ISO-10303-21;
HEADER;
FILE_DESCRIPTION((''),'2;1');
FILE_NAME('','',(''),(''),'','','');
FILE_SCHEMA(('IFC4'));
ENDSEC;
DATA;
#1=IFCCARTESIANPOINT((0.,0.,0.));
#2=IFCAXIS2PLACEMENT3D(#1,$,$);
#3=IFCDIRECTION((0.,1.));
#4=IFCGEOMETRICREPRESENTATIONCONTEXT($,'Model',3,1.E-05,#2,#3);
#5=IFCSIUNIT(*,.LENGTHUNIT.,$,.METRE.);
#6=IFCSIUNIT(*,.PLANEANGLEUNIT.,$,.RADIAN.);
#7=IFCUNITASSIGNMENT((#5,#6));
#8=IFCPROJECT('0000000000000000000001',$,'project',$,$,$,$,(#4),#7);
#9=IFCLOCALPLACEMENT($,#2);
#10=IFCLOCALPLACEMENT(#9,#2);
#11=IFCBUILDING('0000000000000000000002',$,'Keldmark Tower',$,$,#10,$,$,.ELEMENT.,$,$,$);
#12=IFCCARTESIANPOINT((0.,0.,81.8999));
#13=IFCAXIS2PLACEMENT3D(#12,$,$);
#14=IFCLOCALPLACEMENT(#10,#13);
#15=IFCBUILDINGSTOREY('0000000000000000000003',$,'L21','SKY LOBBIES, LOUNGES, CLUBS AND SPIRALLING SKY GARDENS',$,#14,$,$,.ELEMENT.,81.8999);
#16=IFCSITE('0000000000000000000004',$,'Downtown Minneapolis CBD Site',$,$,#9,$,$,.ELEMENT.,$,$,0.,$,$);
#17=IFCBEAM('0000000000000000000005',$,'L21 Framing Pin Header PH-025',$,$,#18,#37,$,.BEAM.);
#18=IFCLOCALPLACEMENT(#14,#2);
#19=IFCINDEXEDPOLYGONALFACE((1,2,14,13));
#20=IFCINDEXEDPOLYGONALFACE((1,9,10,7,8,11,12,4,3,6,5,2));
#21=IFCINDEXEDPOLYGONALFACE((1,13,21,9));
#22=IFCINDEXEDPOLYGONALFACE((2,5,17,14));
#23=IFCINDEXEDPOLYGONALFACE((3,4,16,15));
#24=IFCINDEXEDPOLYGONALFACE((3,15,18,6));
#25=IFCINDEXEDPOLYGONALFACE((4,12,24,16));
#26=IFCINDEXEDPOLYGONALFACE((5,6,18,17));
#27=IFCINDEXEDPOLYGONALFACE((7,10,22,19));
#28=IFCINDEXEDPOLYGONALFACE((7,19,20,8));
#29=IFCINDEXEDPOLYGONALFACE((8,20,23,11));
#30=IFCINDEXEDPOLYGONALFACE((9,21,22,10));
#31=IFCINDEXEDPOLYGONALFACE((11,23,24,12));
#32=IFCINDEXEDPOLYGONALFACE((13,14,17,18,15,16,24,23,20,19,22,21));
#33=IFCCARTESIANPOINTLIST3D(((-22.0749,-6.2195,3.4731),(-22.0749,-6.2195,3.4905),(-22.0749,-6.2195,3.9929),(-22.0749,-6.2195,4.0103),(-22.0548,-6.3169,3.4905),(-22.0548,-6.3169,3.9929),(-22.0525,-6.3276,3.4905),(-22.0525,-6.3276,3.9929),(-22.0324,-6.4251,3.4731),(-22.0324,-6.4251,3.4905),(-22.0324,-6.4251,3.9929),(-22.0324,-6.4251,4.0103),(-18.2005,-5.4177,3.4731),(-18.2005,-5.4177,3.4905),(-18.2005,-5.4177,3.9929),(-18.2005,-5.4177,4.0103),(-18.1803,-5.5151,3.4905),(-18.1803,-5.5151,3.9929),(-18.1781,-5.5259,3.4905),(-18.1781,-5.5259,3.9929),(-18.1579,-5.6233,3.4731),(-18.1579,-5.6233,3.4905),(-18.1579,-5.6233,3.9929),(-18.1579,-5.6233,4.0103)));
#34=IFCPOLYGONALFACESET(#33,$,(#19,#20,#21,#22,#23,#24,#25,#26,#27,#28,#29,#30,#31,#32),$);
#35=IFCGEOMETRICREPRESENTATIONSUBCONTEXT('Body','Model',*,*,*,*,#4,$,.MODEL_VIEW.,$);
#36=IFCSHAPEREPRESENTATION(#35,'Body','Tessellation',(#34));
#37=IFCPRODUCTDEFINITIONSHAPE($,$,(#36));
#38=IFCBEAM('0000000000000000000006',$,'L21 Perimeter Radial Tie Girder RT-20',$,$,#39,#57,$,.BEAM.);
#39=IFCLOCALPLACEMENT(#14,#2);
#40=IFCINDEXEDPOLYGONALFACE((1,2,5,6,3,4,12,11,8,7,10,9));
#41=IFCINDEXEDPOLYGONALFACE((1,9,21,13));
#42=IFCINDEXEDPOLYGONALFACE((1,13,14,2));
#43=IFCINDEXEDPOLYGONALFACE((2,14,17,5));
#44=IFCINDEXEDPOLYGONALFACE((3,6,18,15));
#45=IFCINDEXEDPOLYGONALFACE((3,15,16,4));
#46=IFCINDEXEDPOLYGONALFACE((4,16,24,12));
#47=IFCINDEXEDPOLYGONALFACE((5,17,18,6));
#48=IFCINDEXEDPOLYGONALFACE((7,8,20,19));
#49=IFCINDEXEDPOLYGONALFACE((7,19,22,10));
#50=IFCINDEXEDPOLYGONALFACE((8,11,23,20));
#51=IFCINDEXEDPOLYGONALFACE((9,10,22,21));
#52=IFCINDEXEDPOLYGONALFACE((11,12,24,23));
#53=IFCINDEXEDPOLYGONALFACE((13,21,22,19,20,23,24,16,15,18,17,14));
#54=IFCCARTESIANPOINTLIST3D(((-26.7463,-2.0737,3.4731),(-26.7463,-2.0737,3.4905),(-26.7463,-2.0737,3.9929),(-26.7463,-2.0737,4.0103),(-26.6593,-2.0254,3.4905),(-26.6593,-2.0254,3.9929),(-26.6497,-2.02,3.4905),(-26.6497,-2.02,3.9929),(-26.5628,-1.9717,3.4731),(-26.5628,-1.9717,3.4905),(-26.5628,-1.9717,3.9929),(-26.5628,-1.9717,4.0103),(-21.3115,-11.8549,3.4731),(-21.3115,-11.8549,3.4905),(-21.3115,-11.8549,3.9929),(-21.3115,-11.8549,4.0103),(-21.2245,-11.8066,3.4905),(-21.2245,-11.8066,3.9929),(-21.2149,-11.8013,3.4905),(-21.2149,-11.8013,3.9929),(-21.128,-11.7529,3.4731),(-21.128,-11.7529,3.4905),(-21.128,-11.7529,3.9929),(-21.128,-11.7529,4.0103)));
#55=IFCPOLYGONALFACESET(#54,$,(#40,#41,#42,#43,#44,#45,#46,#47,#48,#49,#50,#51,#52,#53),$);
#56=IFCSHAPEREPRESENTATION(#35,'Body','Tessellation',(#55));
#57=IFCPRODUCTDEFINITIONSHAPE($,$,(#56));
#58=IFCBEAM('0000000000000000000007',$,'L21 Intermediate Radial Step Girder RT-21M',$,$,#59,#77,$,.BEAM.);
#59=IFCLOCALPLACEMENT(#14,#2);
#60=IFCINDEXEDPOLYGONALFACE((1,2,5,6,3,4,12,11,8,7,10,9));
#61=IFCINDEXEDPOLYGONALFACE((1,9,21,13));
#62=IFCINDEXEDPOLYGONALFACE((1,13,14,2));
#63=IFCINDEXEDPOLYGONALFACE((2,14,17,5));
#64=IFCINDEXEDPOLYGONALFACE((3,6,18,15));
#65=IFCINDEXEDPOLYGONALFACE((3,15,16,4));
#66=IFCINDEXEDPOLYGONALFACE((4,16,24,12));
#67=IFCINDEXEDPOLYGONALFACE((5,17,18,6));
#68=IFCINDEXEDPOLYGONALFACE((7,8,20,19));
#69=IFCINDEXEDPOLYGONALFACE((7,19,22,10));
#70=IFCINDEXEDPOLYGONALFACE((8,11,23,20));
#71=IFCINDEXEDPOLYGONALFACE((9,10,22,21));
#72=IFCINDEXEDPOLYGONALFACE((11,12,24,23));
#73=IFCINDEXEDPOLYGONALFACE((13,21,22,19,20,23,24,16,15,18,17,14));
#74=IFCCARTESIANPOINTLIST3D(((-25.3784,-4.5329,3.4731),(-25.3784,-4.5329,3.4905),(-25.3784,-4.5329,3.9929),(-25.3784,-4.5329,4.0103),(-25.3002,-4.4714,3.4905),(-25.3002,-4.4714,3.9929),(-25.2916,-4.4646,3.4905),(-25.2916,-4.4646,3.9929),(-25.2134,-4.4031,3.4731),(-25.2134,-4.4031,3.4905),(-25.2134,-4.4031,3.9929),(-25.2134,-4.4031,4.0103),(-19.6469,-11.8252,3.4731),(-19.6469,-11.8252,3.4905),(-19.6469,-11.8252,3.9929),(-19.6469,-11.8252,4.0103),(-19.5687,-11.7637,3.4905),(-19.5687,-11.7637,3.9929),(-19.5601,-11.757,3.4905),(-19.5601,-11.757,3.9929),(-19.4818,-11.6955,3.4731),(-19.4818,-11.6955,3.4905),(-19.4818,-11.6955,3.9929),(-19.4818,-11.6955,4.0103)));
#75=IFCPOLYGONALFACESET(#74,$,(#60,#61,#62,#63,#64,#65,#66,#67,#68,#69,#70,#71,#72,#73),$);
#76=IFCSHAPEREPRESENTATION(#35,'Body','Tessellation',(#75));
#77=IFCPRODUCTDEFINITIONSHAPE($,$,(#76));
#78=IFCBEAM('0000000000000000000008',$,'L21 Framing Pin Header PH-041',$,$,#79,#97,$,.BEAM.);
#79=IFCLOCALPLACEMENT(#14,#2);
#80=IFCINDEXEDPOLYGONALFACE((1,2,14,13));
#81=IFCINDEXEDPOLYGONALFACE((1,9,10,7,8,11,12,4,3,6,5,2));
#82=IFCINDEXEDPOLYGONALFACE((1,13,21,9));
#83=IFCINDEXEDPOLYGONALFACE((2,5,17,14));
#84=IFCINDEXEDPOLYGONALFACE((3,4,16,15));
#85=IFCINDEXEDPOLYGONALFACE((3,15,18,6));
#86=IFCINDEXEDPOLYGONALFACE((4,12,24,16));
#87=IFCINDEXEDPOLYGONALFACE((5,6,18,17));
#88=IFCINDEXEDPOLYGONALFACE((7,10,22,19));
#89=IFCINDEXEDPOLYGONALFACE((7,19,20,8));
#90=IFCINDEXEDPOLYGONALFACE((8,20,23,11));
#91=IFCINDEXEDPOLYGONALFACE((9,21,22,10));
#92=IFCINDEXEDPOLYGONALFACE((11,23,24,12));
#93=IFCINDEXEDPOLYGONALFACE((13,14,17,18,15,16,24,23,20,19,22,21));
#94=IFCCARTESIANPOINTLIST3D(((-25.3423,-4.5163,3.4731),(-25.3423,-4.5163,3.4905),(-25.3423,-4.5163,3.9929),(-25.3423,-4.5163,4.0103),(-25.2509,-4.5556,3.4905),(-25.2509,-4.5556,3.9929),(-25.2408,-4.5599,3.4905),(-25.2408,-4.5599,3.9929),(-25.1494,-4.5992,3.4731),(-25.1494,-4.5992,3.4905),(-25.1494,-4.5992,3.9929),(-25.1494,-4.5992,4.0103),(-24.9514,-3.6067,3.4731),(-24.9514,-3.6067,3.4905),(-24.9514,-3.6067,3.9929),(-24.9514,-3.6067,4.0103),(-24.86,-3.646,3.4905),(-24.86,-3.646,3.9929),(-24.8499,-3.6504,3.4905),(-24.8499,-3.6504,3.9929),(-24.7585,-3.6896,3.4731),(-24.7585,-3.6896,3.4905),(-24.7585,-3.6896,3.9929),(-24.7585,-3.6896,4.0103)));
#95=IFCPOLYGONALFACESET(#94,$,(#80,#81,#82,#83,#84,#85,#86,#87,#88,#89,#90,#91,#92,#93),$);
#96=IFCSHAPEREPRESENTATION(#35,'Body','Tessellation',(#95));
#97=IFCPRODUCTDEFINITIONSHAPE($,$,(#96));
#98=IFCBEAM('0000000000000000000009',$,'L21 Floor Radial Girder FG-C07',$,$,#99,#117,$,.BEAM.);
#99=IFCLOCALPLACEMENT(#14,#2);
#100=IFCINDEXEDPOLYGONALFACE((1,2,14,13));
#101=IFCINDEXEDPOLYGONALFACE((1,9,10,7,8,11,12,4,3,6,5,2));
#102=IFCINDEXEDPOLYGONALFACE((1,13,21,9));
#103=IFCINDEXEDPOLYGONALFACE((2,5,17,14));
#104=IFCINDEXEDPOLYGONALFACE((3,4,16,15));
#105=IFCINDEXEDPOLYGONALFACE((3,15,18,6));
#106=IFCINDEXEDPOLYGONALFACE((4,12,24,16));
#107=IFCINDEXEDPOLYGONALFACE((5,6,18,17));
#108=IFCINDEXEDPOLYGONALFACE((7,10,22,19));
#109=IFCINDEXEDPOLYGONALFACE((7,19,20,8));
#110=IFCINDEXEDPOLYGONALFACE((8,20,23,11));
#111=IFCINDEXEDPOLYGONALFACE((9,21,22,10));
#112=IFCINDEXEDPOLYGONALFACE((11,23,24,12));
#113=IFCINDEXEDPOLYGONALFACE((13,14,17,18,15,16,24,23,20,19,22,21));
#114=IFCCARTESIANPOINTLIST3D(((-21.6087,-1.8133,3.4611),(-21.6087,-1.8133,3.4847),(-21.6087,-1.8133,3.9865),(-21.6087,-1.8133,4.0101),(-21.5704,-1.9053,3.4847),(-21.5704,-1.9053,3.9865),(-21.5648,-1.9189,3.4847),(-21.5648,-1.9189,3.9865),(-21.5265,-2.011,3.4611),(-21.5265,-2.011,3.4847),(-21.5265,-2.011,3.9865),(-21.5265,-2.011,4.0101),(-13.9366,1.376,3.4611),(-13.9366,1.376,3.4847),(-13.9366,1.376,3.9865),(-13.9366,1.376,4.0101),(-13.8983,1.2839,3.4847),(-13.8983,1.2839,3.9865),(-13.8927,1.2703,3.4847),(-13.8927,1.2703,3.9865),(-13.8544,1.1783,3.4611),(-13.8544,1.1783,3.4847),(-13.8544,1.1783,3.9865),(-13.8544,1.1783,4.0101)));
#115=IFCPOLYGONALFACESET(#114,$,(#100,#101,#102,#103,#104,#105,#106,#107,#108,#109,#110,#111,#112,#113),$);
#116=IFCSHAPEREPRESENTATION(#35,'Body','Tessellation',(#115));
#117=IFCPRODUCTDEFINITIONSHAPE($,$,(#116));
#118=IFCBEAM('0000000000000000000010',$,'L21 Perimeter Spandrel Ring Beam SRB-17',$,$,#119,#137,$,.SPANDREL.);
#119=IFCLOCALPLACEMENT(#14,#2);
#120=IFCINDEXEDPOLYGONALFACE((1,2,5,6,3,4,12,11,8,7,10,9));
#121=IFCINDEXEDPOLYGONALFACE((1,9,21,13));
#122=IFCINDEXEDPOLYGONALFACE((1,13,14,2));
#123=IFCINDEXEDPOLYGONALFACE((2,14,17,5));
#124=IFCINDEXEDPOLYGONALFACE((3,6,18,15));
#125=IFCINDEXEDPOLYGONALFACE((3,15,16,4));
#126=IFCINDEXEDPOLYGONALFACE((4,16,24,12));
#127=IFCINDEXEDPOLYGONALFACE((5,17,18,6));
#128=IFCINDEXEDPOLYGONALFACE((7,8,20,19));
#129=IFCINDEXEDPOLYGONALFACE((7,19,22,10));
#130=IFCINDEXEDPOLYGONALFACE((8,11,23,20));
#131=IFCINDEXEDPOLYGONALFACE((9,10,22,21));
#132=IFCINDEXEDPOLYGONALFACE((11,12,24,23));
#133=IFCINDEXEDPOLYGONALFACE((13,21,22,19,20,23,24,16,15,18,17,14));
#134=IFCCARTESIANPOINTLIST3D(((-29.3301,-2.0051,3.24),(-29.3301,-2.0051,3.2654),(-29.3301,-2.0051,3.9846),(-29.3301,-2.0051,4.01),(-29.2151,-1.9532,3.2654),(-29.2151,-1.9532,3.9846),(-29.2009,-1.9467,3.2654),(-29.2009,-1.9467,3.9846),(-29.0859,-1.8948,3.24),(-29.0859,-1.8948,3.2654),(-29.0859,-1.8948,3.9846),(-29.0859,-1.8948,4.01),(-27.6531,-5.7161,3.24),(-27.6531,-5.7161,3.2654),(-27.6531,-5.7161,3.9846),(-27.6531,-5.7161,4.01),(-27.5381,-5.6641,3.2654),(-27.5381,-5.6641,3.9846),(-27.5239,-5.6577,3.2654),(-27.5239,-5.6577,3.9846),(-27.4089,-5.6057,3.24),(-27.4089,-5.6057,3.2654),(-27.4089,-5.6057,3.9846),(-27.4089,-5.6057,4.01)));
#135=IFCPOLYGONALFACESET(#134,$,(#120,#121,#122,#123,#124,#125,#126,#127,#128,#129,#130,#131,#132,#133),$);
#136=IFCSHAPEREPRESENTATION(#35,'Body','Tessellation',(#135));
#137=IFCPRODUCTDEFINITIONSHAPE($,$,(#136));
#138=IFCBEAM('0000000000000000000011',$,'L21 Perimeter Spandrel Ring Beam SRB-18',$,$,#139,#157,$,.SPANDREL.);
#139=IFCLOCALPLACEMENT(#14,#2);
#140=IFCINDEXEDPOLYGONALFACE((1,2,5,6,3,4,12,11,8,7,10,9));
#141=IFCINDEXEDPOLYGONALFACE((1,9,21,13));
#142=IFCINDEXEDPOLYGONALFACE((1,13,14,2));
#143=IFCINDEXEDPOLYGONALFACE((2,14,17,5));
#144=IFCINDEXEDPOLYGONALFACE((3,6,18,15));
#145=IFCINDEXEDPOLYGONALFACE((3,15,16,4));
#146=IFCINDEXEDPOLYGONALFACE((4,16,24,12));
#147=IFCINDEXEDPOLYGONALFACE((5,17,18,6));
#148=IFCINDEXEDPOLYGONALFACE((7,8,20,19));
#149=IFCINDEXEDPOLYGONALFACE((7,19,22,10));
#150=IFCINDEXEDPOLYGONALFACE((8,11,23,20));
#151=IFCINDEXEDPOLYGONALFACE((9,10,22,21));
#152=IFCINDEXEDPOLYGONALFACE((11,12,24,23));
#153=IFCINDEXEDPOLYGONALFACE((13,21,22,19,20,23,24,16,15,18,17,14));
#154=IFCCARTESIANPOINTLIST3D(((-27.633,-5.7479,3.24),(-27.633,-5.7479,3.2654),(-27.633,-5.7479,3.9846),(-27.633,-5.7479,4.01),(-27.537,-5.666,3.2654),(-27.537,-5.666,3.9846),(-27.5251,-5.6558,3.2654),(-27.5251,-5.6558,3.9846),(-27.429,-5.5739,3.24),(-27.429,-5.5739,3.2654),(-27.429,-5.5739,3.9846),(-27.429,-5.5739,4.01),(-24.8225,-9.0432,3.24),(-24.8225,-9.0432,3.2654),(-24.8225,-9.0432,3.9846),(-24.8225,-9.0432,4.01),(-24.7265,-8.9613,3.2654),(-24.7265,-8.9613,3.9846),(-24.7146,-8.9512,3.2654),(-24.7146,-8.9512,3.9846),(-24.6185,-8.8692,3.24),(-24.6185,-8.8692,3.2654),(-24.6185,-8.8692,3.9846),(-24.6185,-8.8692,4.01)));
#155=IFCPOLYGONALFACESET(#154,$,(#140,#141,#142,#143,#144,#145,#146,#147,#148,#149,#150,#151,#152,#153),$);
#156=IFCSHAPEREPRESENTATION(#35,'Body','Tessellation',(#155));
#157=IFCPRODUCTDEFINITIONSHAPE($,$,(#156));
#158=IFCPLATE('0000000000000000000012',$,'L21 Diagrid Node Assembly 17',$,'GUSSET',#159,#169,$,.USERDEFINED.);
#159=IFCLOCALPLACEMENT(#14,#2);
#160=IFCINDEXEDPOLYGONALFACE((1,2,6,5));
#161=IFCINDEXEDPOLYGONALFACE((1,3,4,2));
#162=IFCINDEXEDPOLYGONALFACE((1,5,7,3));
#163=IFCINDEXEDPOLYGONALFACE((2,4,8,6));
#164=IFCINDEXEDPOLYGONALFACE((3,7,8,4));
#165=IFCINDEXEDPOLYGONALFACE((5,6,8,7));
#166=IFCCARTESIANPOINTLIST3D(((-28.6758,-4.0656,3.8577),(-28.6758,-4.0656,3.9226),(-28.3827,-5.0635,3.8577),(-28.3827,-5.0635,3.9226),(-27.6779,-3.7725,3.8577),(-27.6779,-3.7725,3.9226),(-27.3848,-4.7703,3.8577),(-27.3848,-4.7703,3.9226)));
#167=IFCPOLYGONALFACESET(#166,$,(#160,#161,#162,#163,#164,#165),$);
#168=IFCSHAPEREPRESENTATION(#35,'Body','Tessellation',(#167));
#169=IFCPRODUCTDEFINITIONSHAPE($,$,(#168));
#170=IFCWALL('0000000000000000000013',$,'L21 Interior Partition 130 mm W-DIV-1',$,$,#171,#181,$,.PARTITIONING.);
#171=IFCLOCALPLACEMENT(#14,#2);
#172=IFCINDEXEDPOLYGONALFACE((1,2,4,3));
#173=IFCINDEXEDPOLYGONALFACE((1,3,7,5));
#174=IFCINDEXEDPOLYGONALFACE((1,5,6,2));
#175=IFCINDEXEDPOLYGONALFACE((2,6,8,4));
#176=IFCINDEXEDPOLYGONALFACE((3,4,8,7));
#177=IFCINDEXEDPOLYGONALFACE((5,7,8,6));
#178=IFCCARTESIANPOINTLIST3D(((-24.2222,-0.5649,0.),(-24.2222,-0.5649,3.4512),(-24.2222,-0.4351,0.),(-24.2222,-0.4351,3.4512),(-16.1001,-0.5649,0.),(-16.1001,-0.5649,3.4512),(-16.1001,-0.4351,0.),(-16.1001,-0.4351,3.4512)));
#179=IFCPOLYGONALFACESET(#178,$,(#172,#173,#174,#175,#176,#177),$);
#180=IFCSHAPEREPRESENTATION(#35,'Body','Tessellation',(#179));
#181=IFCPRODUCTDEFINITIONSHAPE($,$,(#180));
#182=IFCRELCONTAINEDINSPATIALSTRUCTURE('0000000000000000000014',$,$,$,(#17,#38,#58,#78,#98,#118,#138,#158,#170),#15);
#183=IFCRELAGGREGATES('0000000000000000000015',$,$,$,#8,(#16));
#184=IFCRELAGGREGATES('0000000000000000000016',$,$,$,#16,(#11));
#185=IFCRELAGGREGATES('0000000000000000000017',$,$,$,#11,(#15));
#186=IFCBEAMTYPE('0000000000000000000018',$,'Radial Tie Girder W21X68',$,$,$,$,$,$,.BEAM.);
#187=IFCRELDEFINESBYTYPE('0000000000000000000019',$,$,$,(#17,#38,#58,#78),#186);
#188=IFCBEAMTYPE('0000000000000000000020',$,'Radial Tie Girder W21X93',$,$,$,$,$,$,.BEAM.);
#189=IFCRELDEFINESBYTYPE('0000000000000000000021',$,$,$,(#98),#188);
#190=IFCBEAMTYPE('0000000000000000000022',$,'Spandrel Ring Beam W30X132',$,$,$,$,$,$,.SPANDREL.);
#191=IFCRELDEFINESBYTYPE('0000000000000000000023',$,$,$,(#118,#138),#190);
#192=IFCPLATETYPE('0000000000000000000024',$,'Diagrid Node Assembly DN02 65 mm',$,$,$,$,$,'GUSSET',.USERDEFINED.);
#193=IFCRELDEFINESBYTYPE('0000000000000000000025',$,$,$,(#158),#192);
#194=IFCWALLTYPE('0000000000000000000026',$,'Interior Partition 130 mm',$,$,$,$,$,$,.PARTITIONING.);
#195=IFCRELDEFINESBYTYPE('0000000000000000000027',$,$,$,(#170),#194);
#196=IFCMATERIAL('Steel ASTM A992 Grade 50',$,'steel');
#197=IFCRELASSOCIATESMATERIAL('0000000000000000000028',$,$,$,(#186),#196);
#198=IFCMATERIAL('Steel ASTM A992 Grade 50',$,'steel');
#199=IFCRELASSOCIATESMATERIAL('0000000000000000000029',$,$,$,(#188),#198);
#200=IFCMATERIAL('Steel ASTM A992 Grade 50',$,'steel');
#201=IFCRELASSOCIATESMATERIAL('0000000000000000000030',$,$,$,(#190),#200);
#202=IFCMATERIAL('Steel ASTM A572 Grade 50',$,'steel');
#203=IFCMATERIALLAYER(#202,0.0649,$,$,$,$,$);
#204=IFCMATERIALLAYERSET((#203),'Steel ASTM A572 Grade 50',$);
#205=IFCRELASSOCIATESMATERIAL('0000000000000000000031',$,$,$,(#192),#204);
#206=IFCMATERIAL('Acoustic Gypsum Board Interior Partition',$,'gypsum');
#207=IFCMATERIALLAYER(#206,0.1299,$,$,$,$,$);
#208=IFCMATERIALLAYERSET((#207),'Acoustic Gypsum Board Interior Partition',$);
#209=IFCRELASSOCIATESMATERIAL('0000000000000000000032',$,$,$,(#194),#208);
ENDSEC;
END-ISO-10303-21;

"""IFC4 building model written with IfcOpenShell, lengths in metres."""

from ifc_helpers import new_model, si_unit, direction, frame, frame_2d, origin, origin_2d, place, context, subcontext, project, spatial, rectangle, i_section, extrude, material, layer, layer_set, material_profile, profile_set, type_object, element, save


model = new_model("IFC4")

# Units and contexts
model_context = context("Model", 3, precision=1e-05, world=origin(), true_north=direction((0.0, 1.0)))
body_context = subcontext(model_context, "Body", "Model", "MODEL_VIEW")
ifc_project = project(units=[si_unit("LENGTHUNIT", "METRE"), si_unit("PLANEANGLEUNIT", "RADIAN")], contexts=[model_context])

# Site, building, storey
site_placement = place(None, origin())
site = spatial("IfcSite", under=ifc_project, at=site_placement, Name="Downtown Minneapolis CBD Site", CompositionType="ELEMENT", RefElevation=0.0)
building_placement = place(site_placement, origin())
building = spatial("IfcBuilding", under=site, at=building_placement, Name="Keldmark Tower", CompositionType="ELEMENT")
storey_placement = place(building_placement, frame((0.0, 0.0, 81.8999)))
storey = spatial("IfcBuildingStorey", under=building, at=storey_placement, Name="L21", Description="SKY LOBBIES, LOUNGES, CLUBS AND SPIRALLING SKY GARDENS", CompositionType="ELEMENT", Elevation=81.8999)

# Beams
ifc_material_1 = material(Name="Steel ASTM A992 Grade 50", Category="steel")
ifc_material_profile_1 = material_profile(ifc_material_1, i_section(OverallWidth=0.21, OverallDepth=0.5371, WebThickness=0.011, FlangeThickness=0.0173, at=origin_2d()), Name="W21X68")
ifc_profile_set_1 = profile_set([ifc_material_profile_1], Name="Steel ASTM A992 Grade 50")
beam_type_1 = type_object("IfcBeamType", Name="Radial Tie Girder W21X68", PredefinedType="BEAM", material=ifc_profile_set_1)
beam_1_placement = place(storey_placement, frame((-18.1792, -5.5205, 3.7417), z_axis=(-0.979254, -0.202638, 0.0), x_axis=(0.202638, -0.979254, 0.0)))
element("IfcBeam", 1, at=beam_1_placement, inside=storey, type_object=beam_type_1, Name="L21 Framing Pin Header PH-025", PredefinedType="BEAM", context=body_context, shape_type="SweptSolid", body=[
    extrude(i_section(OverallWidth=0.21, OverallDepth=0.5371, WebThickness=0.011, FlangeThickness=0.0173, at=origin_2d()), origin(), (0.0, 0.0, 1.0), 3.9565),
])
beam_2_placement = place(storey_placement, frame((-26.6545, -2.0227, 3.7417), z_axis=(0.485697, -0.874127, 0.0), x_axis=(0.874127, 0.485697, 0.0)))
element("IfcBeam", 2, at=beam_2_placement, inside=storey, type_object=beam_type_1, Name="L21 Perimeter Radial Tie Girder RT-20", PredefinedType="BEAM", context=body_context, shape_type="SweptSolid", body=[
    extrude(i_section(OverallWidth=0.21, OverallDepth=0.5371, WebThickness=0.011, FlangeThickness=0.0173, at=origin_2d()), origin(), (0.0, 0.0, 1.0), 11.1897),
])
beam_3_placement = place(storey_placement, frame((-25.2959, -4.468, 3.7417), z_axis=(0.617944, -0.786222, 0.0), x_axis=(0.786222, 0.617944, 0.0)))
element("IfcBeam", 3, at=beam_3_placement, inside=storey, type_object=beam_type_1, Name="L21 Intermediate Radial Step Girder RT-21M", PredefinedType="BEAM", context=body_context, shape_type="SweptSolid", body=[
    extrude(i_section(OverallWidth=0.21, OverallDepth=0.5371, WebThickness=0.011, FlangeThickness=0.0173, at=origin_2d()), origin(), (0.0, 0.0, 1.0), 9.2751),
])
beam_4_placement = place(storey_placement, frame((-24.855, -3.6482, 3.7417), z_axis=(-0.394782, -0.918775, 0.0), x_axis=(0.918775, -0.394782, 0.0)))
element("IfcBeam", 4, at=beam_4_placement, inside=storey, type_object=beam_type_1, Name="L21 Framing Pin Header PH-041", PredefinedType="BEAM", context=body_context, shape_type="SweptSolid", body=[
    extrude(i_section(OverallWidth=0.21, OverallDepth=0.5371, WebThickness=0.011, FlangeThickness=0.0173, at=origin_2d()), origin(), (0.0, 0.0, 1.0), 0.99),
])
ifc_material_2 = material(Name="Steel ASTM A992 Grade 50", Category="steel")
ifc_material_profile_2 = material_profile(ifc_material_2, i_section(OverallWidth=0.2141, OverallDepth=0.5491, WebThickness=0.0146, FlangeThickness=0.0237, at=origin_2d()), Name="W21X93")
ifc_profile_set_2 = profile_set([ifc_material_profile_2], Name="Steel ASTM A992 Grade 50")
beam_type_2 = type_object("IfcBeamType", Name="Radial Tie Girder W21X93", PredefinedType="BEAM", material=ifc_profile_set_2)
beam_5_placement = place(storey_placement, frame((-21.5676, -1.9121, 3.7356), z_axis=(0.923397, 0.383845, 0.0), x_axis=(-0.383845, 0.923397, 0.0)))
element("IfcBeam", 5, at=beam_5_placement, inside=storey, type_object=beam_type_2, Name="L21 Floor Radial Girder FG-C07", PredefinedType="BEAM", context=body_context, shape_type="SweptSolid", body=[
    extrude(i_section(OverallWidth=0.2141, OverallDepth=0.5491, WebThickness=0.0146, FlangeThickness=0.0237, at=origin_2d()), origin(), (0.0, 0.0, 1.0), 8.3086),
])
ifc_material_3 = material(Name="Steel ASTM A992 Grade 50", Category="steel")
ifc_material_profile_3 = material_profile(ifc_material_3, i_section(OverallWidth=0.2681, OverallDepth=0.77, WebThickness=0.0156, FlangeThickness=0.0254, at=origin_2d()), Name="W30X132")
ifc_profile_set_3 = profile_set([ifc_material_profile_3], Name="Steel ASTM A992 Grade 50")
beam_type_3 = type_object("IfcBeamType", Name="Spandrel Ring Beam W30X132", PredefinedType="SPANDREL", material=ifc_profile_set_3)
beam_6_placement = place(storey_placement, frame((-29.208, -1.95, 3.625), z_axis=(0.41181, -0.91127, 0.0), x_axis=(0.91127, 0.41181, 0.0)))
element("IfcBeam", 6, at=beam_6_placement, inside=storey, type_object=beam_type_3, Name="L21 Perimeter Spandrel Ring Beam SRB-17", PredefinedType="SPANDREL", context=body_context, shape_type="SweptSolid", body=[
    extrude(i_section(OverallWidth=0.2681, OverallDepth=0.77, WebThickness=0.0156, FlangeThickness=0.0254, at=origin_2d()), origin(), (0.0, 0.0, 1.0), 4.0723),
])
beam_7_placement = place(storey_placement, frame((-27.531, -5.6609, 3.625), z_axis=(0.648914, -0.760862, 0.0), x_axis=(0.760862, 0.648914, 0.0)))
element("IfcBeam", 7, at=beam_7_placement, inside=storey, type_object=beam_type_3, Name="L21 Perimeter Spandrel Ring Beam SRB-18", PredefinedType="SPANDREL", context=body_context, shape_type="SweptSolid", body=[
    extrude(i_section(OverallWidth=0.2681, OverallDepth=0.77, WebThickness=0.0156, FlangeThickness=0.0254, at=origin_2d()), origin(), (0.0, 0.0, 1.0), 4.3311),
])

# Plate
ifc_material_4 = material(Name="Steel ASTM A572 Grade 50", Category="steel")
ifc_layer_1 = layer(ifc_material_4, 0.0649)
ifc_layer_set_1 = layer_set([ifc_layer_1], Name="Steel ASTM A572 Grade 50")
plate_type = type_object("IfcPlateType", Name="Diagrid Node Assembly DN02 65 mm", ElementType="GUSSET", PredefinedType="USERDEFINED", material=ifc_layer_set_1)
plate_placement = place(storey_placement, frame((-28.0303, -4.418, 3.8577), z_axis=(0.0, 0.0, 1.0), x_axis=(0.281839, -0.959462, 0.0)))
element("IfcPlate", 8, at=plate_placement, inside=storey, type_object=plate_type, Name="L21 Diagrid Node Assembly 17", ObjectType="GUSSET", PredefinedType="USERDEFINED", context=body_context, shape_type="SweptSolid", body=[
    extrude(rectangle(XDim=1.04, YDim=1.04, at=origin_2d()), origin(), (0.0, 0.0, 1.0), 0.0649),
])

# Wall
ifc_material_5 = material(Name="Acoustic Gypsum Board Interior Partition", Category="gypsum")
ifc_layer_2 = layer(ifc_material_5, 0.1299)
ifc_layer_set_2 = layer_set([ifc_layer_2], Name="Acoustic Gypsum Board Interior Partition")
wall_type_1 = type_object("IfcWallType", Name="Interior Partition 130 mm", PredefinedType="PARTITIONING", material=ifc_layer_set_2)
wall_1_placement = place(storey_placement, frame((-24.2222, -0.5, 0.0), z_axis=(0.0, 0.0, 1.0), x_axis=(1.0, 0.0, 0.0)))
element("IfcWall", 9, at=wall_1_placement, inside=storey, type_object=wall_type_1, Name="L21 Interior Partition 130 mm W-DIV-1", PredefinedType="PARTITIONING", context=body_context, shape_type="SweptSolid", body=[
    extrude(rectangle(XDim=8.1221, YDim=0.1299, at=frame_2d((4.061, 0.0))), origin(), (0.0, 0.0, 1.0), 3.4512),
])

save(model, "model.ifc")
